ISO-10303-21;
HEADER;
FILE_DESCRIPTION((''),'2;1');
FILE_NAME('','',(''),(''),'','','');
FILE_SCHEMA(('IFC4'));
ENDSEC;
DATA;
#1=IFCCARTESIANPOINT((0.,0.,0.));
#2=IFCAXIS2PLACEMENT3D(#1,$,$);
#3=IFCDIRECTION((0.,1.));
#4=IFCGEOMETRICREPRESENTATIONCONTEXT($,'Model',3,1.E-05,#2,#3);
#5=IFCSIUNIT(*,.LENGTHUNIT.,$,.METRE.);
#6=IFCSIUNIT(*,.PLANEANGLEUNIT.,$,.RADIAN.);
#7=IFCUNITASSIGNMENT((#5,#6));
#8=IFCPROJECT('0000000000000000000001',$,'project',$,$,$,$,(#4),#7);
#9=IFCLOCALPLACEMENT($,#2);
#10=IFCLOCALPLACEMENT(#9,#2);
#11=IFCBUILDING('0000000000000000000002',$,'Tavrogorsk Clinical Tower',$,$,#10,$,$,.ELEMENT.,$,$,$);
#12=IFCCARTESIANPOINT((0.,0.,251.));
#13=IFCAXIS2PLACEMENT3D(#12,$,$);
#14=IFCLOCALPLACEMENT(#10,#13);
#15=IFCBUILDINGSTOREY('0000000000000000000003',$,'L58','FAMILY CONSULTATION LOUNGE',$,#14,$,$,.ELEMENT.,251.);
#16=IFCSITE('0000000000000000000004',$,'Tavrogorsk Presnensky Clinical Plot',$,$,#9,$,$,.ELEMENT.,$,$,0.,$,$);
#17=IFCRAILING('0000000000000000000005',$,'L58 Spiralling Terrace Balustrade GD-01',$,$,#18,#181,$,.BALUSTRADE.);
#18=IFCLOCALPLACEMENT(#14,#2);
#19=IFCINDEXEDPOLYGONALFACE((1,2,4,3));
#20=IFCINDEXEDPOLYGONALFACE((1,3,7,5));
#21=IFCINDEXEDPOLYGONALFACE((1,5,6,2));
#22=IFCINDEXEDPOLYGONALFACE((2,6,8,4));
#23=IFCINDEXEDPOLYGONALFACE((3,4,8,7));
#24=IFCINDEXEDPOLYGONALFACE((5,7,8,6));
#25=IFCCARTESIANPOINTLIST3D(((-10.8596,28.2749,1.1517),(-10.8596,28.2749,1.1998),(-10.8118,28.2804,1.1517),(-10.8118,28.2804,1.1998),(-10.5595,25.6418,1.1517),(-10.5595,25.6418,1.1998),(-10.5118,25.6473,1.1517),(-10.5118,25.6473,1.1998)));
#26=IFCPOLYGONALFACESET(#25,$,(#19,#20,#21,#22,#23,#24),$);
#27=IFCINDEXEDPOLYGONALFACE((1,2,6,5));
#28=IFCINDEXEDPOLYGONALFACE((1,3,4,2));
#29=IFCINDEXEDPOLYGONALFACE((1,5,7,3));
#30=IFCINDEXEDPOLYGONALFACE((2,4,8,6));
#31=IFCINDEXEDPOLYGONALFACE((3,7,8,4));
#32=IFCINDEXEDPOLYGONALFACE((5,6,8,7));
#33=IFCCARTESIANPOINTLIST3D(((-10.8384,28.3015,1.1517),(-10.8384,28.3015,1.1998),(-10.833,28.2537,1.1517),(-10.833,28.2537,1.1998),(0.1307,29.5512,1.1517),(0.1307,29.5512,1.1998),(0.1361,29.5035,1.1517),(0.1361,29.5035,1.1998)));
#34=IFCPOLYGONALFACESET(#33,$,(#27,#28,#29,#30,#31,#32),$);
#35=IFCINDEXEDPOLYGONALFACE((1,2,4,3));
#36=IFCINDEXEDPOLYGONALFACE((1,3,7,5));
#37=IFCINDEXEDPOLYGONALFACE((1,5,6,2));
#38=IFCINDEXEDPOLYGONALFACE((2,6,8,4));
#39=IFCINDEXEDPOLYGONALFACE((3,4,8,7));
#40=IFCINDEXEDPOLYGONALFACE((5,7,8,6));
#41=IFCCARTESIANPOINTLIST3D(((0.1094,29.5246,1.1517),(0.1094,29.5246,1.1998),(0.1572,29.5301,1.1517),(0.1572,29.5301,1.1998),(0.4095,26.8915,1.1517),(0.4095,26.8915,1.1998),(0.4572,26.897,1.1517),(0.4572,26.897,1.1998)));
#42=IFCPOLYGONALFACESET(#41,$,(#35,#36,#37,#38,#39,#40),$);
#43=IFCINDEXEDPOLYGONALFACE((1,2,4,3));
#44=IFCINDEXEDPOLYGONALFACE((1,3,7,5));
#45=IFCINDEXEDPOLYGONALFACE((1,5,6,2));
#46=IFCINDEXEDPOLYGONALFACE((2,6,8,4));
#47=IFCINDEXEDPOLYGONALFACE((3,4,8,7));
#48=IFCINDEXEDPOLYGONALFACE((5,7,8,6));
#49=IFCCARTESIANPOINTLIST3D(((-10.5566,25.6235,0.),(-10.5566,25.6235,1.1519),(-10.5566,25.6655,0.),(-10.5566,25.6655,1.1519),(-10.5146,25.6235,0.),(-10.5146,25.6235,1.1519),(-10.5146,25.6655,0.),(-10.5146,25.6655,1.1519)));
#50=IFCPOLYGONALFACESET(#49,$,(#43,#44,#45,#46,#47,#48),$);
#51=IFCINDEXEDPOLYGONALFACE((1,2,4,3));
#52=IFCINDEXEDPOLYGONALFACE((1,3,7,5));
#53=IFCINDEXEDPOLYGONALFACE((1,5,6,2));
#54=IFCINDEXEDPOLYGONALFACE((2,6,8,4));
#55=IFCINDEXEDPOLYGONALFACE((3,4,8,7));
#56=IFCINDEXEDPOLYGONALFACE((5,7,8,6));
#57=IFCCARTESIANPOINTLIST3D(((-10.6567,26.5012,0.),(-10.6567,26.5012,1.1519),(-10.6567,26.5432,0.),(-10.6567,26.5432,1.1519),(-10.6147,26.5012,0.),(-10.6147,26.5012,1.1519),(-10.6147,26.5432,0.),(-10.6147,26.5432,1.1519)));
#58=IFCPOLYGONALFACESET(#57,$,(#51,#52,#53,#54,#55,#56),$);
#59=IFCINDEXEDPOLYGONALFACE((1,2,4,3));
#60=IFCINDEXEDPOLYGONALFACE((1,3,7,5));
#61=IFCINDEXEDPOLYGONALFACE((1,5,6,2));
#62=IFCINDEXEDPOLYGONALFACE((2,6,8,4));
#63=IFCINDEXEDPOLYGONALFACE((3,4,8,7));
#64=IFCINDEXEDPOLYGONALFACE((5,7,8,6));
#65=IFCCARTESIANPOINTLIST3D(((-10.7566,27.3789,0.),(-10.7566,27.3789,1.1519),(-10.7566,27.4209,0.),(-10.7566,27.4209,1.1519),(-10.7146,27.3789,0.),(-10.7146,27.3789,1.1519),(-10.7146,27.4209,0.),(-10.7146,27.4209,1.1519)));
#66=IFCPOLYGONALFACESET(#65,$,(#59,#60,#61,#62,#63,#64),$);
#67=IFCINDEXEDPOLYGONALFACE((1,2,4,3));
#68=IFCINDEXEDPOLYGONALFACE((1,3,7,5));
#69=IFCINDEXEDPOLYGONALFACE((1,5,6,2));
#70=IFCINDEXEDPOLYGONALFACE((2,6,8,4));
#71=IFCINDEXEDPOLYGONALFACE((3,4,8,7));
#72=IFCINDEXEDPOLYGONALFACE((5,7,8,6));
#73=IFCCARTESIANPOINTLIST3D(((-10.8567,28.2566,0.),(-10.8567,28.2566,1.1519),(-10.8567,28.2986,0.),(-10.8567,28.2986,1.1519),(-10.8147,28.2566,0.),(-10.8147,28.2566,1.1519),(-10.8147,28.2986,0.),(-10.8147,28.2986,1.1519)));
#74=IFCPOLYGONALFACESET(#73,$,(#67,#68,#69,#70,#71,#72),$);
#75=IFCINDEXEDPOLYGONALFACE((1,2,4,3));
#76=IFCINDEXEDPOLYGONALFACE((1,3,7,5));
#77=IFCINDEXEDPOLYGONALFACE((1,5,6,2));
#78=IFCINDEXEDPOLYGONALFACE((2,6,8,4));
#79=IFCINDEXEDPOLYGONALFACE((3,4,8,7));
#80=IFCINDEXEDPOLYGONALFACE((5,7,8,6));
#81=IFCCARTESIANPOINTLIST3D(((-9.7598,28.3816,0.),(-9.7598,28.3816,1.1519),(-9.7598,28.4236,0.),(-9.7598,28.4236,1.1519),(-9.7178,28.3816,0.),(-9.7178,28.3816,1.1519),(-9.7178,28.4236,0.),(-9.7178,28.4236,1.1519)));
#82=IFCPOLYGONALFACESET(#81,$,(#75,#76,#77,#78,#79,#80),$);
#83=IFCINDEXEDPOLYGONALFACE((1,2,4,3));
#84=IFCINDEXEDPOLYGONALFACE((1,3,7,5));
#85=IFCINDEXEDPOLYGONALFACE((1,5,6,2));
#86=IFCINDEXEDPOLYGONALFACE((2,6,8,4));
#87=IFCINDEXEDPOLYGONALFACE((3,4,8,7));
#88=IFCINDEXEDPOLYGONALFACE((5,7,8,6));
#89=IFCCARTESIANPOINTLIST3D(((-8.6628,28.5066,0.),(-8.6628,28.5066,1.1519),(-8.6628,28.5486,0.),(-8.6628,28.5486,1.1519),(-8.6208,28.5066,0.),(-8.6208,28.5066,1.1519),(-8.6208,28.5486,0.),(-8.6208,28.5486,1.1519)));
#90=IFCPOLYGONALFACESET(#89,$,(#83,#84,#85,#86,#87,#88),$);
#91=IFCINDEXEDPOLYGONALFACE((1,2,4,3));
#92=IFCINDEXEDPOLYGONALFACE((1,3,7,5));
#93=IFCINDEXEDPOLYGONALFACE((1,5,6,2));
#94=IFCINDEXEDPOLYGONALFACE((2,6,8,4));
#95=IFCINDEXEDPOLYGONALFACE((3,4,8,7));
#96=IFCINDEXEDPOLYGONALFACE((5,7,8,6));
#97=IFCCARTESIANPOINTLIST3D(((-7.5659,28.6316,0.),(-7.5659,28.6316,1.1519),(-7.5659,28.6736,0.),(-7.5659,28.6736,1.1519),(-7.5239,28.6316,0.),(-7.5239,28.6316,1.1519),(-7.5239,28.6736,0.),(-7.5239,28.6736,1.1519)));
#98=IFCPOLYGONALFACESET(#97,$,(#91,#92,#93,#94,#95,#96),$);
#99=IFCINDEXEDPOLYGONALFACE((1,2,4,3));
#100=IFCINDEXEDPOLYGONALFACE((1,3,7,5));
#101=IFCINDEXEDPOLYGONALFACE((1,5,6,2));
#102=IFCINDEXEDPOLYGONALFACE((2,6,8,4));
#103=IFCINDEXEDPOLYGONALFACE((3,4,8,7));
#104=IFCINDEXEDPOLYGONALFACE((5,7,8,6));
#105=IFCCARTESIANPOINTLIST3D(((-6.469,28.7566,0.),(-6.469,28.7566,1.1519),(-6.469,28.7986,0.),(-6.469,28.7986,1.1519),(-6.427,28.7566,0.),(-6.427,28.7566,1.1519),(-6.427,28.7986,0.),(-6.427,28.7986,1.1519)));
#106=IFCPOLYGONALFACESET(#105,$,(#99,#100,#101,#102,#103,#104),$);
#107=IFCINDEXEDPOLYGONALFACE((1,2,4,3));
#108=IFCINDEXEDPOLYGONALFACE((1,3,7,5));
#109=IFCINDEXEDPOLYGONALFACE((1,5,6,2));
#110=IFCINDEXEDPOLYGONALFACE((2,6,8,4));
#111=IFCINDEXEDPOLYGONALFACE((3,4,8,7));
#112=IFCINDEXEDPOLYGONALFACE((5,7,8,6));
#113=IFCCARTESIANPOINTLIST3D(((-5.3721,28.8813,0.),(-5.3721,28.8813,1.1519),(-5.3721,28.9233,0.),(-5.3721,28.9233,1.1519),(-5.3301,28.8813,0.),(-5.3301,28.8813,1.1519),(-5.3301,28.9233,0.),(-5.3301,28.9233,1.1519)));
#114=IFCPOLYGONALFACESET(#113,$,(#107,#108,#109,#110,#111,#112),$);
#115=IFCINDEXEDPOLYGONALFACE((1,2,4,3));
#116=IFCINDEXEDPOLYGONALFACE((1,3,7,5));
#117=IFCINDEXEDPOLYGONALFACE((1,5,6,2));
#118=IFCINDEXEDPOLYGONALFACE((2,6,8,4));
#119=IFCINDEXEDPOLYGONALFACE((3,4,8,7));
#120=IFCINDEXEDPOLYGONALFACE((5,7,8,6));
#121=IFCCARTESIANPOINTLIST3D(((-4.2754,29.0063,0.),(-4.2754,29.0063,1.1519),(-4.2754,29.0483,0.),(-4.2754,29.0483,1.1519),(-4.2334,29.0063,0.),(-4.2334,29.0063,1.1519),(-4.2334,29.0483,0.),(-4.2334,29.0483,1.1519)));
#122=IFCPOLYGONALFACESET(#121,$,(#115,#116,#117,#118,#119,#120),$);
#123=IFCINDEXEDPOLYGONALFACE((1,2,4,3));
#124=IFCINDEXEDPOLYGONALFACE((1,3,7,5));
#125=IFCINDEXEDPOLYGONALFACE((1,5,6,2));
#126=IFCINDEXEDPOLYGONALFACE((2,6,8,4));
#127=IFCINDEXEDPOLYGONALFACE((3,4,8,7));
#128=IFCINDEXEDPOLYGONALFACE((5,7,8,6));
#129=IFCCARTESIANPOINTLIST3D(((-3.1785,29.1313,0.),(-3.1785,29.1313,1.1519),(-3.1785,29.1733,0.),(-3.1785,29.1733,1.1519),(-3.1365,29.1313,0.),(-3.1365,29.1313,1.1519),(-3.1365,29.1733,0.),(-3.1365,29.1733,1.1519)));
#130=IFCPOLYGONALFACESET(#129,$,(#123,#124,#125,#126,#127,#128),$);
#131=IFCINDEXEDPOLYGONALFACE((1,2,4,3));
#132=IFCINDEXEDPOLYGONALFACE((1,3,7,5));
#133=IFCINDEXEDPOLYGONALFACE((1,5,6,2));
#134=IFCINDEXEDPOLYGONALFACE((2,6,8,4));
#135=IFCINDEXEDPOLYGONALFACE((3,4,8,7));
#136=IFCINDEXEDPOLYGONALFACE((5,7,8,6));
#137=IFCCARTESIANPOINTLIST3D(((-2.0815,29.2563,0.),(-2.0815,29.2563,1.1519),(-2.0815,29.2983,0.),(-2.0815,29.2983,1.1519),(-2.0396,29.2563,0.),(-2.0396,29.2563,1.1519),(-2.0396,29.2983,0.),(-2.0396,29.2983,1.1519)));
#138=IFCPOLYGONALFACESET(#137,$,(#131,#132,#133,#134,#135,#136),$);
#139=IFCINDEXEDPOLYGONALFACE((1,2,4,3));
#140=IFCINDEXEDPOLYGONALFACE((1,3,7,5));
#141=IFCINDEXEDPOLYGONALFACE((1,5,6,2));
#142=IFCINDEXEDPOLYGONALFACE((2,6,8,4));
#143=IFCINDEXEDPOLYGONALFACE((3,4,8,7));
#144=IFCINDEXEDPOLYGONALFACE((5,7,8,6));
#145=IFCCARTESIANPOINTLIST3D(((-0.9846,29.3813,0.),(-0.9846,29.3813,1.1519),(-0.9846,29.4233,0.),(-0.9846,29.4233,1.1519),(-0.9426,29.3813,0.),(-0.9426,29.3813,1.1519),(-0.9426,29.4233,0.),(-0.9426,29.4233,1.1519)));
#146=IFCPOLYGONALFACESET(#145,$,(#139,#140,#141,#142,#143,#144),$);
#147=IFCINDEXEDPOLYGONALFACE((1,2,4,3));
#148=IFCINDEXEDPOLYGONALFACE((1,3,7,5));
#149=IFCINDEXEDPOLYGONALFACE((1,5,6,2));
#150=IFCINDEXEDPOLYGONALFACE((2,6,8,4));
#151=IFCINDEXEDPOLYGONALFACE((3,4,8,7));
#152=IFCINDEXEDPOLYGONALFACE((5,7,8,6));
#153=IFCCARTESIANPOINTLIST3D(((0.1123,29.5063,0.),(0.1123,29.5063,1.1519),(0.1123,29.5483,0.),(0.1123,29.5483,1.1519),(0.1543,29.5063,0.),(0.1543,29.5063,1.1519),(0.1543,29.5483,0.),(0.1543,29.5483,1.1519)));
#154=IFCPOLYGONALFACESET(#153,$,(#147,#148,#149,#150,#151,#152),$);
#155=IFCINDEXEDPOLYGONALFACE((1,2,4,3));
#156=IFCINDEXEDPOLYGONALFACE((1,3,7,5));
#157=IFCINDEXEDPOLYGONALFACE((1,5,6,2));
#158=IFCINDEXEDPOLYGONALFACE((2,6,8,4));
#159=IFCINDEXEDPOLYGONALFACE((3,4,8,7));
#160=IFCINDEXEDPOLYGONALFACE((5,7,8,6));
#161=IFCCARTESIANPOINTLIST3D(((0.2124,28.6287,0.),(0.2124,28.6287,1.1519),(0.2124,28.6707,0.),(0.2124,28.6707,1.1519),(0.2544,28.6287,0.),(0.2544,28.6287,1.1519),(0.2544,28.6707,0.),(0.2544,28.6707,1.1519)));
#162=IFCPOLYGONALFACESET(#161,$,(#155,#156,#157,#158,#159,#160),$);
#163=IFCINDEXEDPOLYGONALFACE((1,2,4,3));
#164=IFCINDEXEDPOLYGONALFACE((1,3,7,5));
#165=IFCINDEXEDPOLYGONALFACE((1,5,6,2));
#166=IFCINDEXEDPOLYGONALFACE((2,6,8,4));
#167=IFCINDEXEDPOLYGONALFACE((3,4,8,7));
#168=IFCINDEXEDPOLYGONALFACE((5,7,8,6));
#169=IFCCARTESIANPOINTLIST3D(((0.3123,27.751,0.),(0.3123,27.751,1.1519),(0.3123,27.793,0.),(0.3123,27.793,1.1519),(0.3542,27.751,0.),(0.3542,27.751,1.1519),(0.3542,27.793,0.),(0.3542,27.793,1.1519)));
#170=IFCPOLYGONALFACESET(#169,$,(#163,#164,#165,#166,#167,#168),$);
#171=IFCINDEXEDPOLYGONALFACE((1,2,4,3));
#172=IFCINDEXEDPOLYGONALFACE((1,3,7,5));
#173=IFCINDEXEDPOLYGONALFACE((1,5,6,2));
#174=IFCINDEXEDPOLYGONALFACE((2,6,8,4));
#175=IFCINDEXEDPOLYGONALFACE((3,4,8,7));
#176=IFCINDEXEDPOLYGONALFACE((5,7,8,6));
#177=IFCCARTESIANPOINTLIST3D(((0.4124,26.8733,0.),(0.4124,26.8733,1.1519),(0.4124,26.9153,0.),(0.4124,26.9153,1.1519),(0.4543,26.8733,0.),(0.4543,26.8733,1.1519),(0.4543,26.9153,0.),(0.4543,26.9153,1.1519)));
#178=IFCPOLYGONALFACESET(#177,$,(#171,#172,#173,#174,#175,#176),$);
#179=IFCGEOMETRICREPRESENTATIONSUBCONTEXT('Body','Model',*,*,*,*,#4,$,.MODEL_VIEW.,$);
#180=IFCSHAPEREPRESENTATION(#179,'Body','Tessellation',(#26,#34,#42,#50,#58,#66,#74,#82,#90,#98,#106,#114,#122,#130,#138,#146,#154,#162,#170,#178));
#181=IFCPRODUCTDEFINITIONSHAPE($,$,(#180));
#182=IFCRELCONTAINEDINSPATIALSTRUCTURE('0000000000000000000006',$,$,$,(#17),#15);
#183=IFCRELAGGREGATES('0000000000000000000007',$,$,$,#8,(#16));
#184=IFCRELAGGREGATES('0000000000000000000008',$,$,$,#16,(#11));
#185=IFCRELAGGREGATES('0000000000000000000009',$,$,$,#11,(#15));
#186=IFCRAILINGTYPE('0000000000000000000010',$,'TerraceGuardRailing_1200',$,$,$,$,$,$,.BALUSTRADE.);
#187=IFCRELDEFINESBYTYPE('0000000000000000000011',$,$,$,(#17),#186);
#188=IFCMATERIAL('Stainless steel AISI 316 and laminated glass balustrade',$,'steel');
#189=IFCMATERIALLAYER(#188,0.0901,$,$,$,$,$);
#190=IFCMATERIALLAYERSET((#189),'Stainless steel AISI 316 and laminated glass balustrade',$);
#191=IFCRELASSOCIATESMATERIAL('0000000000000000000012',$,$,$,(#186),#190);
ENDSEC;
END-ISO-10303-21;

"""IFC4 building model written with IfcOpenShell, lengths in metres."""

from ifc_helpers import new_model, si_unit, direction, frame, origin, origin_2d, place, context, subcontext, project, spatial, rectangle, extrude, material, layer, layer_set, type_object, element, save


model = new_model("IFC4")

# Units and contexts
model_context = context("Model", 3, precision=1e-05, world=origin(), true_north=direction((0.0, 1.0)))
body_context = subcontext(model_context, "Body", "Model", "MODEL_VIEW")
ifc_project = project(units=[si_unit("LENGTHUNIT", "METRE"), si_unit("PLANEANGLEUNIT", "RADIAN")], contexts=[model_context])

# Site, building, storey
site_placement = place(None, origin())
site = spatial("IfcSite", under=ifc_project, at=site_placement, Name="Tavrogorsk Presnensky Clinical Plot", CompositionType="ELEMENT", RefElevation=0.0)
building_placement = place(site_placement, origin())
building = spatial("IfcBuilding", under=site, at=building_placement, Name="Tavrogorsk Clinical Tower", CompositionType="ELEMENT")
storey_placement = place(building_placement, frame((0.0, 0.0, 251.0)))
storey = spatial("IfcBuildingStorey", under=building, at=storey_placement, Name="L58", Description="FAMILY CONSULTATION LOUNGE", CompositionType="ELEMENT", Elevation=251.0)

# Railing
ifc_material_1 = material(Name="Stainless steel AISI 316 and laminated glass balustrade", Category="steel")
ifc_layer_1 = layer(ifc_material_1, 0.0901)
ifc_layer_set_1 = layer_set([ifc_layer_1], Name="Stainless steel AISI 316 and laminated glass balustrade")
railing_type = type_object("IfcRailingType", Name="TerraceGuardRailing_1200", PredefinedType="BALUSTRADE", material=ifc_layer_set_1)
railing_placement = place(storey_placement, frame((-10.5356, 25.6445, 0.0)))
element("IfcRailing", 1, at=railing_placement, inside=storey, type_object=railing_type, Name="L58 Spiralling Terrace Balustrade GD-01", PredefinedType="BALUSTRADE", context=body_context, shape_type="SweptSolid", body=[
    extrude(rectangle(XDim=0.0481, YDim=0.0481, at=origin_2d()), frame((0.0, 0.0, 1.1758), z_axis=(-0.113222, 0.99357, 0.0), x_axis=(-0.99357, -0.113222, 0.0)), (0.0, 0.0, 1.0), 2.6501),
    extrude(rectangle(XDim=0.0481, YDim=0.0481, at=origin_2d()), frame((-0.3, 2.6331, 1.1758), z_axis=(0.993572, 0.113203, 0.0), x_axis=(-0.113203, 0.993572, 0.0)), (0.0, 0.0, 1.0), 11.04),
    extrude(rectangle(XDim=0.0481, YDim=0.0481, at=origin_2d()), frame((10.6689, 3.8828, 1.1758), z_axis=(0.113222, -0.99357, 0.0), x_axis=(0.99357, 0.113222, 0.0)), (0.0, 0.0, 1.0), 2.6501),
    extrude(rectangle(XDim=0.042, YDim=0.042, at=origin_2d()), origin(), (0.0, 0.0, 1.0), 1.1519),
    extrude(rectangle(XDim=0.042, YDim=0.042, at=origin_2d()), frame((-0.1001, 0.8777, 0.0)), (0.0, 0.0, 1.0), 1.1519),
    extrude(rectangle(XDim=0.042, YDim=0.042, at=origin_2d()), frame((-0.2, 1.7554, 0.0)), (0.0, 0.0, 1.0), 1.1519),
    extrude(rectangle(XDim=0.042, YDim=0.042, at=origin_2d()), frame((-0.3, 2.6331, 0.0)), (0.0, 0.0, 1.0), 1.1519),
    extrude(rectangle(XDim=0.042, YDim=0.042, at=origin_2d()), frame((0.7969, 2.7581, 0.0)), (0.0, 0.0, 1.0), 1.1519),
    extrude(rectangle(XDim=0.042, YDim=0.042, at=origin_2d()), frame((1.8938, 2.8831, 0.0)), (0.0, 0.0, 1.0), 1.1519),
    extrude(rectangle(XDim=0.042, YDim=0.042, at=origin_2d()), frame((2.9907, 3.0081, 0.0)), (0.0, 0.0, 1.0), 1.1519),
    extrude(rectangle(XDim=0.042, YDim=0.042, at=origin_2d()), frame((4.0876, 3.1331, 0.0)), (0.0, 0.0, 1.0), 1.1519),
    extrude(rectangle(XDim=0.042, YDim=0.042, at=origin_2d()), frame((5.1846, 3.2578, 0.0)), (0.0, 0.0, 1.0), 1.1519),
    extrude(rectangle(XDim=0.042, YDim=0.042, at=origin_2d()), frame((6.2812, 3.3828, 0.0)), (0.0, 0.0, 1.0), 1.1519),
    extrude(rectangle(XDim=0.042, YDim=0.042, at=origin_2d()), frame((7.3782, 3.5078, 0.0)), (0.0, 0.0, 1.0), 1.1519),
    extrude(rectangle(XDim=0.042, YDim=0.042, at=origin_2d()), frame((8.4751, 3.6328, 0.0)), (0.0, 0.0, 1.0), 1.1519),
    extrude(rectangle(XDim=0.042, YDim=0.042, at=origin_2d()), frame((9.572, 3.7578, 0.0)), (0.0, 0.0, 1.0), 1.1519),
    extrude(rectangle(XDim=0.042, YDim=0.042, at=origin_2d()), frame((10.6689, 3.8828, 0.0)), (0.0, 0.0, 1.0), 1.1519),
    extrude(rectangle(XDim=0.042, YDim=0.042, at=origin_2d()), frame((10.769, 3.0051, 0.0)), (0.0, 0.0, 1.0), 1.1519),
    extrude(rectangle(XDim=0.042, YDim=0.042, at=origin_2d()), frame((10.8689, 2.1274, 0.0)), (0.0, 0.0, 1.0), 1.1519),
    extrude(rectangle(XDim=0.042, YDim=0.042, at=origin_2d()), frame((10.969, 1.2498, 0.0)), (0.0, 0.0, 1.0), 1.1519),
])

save(model, "model.ifc")
